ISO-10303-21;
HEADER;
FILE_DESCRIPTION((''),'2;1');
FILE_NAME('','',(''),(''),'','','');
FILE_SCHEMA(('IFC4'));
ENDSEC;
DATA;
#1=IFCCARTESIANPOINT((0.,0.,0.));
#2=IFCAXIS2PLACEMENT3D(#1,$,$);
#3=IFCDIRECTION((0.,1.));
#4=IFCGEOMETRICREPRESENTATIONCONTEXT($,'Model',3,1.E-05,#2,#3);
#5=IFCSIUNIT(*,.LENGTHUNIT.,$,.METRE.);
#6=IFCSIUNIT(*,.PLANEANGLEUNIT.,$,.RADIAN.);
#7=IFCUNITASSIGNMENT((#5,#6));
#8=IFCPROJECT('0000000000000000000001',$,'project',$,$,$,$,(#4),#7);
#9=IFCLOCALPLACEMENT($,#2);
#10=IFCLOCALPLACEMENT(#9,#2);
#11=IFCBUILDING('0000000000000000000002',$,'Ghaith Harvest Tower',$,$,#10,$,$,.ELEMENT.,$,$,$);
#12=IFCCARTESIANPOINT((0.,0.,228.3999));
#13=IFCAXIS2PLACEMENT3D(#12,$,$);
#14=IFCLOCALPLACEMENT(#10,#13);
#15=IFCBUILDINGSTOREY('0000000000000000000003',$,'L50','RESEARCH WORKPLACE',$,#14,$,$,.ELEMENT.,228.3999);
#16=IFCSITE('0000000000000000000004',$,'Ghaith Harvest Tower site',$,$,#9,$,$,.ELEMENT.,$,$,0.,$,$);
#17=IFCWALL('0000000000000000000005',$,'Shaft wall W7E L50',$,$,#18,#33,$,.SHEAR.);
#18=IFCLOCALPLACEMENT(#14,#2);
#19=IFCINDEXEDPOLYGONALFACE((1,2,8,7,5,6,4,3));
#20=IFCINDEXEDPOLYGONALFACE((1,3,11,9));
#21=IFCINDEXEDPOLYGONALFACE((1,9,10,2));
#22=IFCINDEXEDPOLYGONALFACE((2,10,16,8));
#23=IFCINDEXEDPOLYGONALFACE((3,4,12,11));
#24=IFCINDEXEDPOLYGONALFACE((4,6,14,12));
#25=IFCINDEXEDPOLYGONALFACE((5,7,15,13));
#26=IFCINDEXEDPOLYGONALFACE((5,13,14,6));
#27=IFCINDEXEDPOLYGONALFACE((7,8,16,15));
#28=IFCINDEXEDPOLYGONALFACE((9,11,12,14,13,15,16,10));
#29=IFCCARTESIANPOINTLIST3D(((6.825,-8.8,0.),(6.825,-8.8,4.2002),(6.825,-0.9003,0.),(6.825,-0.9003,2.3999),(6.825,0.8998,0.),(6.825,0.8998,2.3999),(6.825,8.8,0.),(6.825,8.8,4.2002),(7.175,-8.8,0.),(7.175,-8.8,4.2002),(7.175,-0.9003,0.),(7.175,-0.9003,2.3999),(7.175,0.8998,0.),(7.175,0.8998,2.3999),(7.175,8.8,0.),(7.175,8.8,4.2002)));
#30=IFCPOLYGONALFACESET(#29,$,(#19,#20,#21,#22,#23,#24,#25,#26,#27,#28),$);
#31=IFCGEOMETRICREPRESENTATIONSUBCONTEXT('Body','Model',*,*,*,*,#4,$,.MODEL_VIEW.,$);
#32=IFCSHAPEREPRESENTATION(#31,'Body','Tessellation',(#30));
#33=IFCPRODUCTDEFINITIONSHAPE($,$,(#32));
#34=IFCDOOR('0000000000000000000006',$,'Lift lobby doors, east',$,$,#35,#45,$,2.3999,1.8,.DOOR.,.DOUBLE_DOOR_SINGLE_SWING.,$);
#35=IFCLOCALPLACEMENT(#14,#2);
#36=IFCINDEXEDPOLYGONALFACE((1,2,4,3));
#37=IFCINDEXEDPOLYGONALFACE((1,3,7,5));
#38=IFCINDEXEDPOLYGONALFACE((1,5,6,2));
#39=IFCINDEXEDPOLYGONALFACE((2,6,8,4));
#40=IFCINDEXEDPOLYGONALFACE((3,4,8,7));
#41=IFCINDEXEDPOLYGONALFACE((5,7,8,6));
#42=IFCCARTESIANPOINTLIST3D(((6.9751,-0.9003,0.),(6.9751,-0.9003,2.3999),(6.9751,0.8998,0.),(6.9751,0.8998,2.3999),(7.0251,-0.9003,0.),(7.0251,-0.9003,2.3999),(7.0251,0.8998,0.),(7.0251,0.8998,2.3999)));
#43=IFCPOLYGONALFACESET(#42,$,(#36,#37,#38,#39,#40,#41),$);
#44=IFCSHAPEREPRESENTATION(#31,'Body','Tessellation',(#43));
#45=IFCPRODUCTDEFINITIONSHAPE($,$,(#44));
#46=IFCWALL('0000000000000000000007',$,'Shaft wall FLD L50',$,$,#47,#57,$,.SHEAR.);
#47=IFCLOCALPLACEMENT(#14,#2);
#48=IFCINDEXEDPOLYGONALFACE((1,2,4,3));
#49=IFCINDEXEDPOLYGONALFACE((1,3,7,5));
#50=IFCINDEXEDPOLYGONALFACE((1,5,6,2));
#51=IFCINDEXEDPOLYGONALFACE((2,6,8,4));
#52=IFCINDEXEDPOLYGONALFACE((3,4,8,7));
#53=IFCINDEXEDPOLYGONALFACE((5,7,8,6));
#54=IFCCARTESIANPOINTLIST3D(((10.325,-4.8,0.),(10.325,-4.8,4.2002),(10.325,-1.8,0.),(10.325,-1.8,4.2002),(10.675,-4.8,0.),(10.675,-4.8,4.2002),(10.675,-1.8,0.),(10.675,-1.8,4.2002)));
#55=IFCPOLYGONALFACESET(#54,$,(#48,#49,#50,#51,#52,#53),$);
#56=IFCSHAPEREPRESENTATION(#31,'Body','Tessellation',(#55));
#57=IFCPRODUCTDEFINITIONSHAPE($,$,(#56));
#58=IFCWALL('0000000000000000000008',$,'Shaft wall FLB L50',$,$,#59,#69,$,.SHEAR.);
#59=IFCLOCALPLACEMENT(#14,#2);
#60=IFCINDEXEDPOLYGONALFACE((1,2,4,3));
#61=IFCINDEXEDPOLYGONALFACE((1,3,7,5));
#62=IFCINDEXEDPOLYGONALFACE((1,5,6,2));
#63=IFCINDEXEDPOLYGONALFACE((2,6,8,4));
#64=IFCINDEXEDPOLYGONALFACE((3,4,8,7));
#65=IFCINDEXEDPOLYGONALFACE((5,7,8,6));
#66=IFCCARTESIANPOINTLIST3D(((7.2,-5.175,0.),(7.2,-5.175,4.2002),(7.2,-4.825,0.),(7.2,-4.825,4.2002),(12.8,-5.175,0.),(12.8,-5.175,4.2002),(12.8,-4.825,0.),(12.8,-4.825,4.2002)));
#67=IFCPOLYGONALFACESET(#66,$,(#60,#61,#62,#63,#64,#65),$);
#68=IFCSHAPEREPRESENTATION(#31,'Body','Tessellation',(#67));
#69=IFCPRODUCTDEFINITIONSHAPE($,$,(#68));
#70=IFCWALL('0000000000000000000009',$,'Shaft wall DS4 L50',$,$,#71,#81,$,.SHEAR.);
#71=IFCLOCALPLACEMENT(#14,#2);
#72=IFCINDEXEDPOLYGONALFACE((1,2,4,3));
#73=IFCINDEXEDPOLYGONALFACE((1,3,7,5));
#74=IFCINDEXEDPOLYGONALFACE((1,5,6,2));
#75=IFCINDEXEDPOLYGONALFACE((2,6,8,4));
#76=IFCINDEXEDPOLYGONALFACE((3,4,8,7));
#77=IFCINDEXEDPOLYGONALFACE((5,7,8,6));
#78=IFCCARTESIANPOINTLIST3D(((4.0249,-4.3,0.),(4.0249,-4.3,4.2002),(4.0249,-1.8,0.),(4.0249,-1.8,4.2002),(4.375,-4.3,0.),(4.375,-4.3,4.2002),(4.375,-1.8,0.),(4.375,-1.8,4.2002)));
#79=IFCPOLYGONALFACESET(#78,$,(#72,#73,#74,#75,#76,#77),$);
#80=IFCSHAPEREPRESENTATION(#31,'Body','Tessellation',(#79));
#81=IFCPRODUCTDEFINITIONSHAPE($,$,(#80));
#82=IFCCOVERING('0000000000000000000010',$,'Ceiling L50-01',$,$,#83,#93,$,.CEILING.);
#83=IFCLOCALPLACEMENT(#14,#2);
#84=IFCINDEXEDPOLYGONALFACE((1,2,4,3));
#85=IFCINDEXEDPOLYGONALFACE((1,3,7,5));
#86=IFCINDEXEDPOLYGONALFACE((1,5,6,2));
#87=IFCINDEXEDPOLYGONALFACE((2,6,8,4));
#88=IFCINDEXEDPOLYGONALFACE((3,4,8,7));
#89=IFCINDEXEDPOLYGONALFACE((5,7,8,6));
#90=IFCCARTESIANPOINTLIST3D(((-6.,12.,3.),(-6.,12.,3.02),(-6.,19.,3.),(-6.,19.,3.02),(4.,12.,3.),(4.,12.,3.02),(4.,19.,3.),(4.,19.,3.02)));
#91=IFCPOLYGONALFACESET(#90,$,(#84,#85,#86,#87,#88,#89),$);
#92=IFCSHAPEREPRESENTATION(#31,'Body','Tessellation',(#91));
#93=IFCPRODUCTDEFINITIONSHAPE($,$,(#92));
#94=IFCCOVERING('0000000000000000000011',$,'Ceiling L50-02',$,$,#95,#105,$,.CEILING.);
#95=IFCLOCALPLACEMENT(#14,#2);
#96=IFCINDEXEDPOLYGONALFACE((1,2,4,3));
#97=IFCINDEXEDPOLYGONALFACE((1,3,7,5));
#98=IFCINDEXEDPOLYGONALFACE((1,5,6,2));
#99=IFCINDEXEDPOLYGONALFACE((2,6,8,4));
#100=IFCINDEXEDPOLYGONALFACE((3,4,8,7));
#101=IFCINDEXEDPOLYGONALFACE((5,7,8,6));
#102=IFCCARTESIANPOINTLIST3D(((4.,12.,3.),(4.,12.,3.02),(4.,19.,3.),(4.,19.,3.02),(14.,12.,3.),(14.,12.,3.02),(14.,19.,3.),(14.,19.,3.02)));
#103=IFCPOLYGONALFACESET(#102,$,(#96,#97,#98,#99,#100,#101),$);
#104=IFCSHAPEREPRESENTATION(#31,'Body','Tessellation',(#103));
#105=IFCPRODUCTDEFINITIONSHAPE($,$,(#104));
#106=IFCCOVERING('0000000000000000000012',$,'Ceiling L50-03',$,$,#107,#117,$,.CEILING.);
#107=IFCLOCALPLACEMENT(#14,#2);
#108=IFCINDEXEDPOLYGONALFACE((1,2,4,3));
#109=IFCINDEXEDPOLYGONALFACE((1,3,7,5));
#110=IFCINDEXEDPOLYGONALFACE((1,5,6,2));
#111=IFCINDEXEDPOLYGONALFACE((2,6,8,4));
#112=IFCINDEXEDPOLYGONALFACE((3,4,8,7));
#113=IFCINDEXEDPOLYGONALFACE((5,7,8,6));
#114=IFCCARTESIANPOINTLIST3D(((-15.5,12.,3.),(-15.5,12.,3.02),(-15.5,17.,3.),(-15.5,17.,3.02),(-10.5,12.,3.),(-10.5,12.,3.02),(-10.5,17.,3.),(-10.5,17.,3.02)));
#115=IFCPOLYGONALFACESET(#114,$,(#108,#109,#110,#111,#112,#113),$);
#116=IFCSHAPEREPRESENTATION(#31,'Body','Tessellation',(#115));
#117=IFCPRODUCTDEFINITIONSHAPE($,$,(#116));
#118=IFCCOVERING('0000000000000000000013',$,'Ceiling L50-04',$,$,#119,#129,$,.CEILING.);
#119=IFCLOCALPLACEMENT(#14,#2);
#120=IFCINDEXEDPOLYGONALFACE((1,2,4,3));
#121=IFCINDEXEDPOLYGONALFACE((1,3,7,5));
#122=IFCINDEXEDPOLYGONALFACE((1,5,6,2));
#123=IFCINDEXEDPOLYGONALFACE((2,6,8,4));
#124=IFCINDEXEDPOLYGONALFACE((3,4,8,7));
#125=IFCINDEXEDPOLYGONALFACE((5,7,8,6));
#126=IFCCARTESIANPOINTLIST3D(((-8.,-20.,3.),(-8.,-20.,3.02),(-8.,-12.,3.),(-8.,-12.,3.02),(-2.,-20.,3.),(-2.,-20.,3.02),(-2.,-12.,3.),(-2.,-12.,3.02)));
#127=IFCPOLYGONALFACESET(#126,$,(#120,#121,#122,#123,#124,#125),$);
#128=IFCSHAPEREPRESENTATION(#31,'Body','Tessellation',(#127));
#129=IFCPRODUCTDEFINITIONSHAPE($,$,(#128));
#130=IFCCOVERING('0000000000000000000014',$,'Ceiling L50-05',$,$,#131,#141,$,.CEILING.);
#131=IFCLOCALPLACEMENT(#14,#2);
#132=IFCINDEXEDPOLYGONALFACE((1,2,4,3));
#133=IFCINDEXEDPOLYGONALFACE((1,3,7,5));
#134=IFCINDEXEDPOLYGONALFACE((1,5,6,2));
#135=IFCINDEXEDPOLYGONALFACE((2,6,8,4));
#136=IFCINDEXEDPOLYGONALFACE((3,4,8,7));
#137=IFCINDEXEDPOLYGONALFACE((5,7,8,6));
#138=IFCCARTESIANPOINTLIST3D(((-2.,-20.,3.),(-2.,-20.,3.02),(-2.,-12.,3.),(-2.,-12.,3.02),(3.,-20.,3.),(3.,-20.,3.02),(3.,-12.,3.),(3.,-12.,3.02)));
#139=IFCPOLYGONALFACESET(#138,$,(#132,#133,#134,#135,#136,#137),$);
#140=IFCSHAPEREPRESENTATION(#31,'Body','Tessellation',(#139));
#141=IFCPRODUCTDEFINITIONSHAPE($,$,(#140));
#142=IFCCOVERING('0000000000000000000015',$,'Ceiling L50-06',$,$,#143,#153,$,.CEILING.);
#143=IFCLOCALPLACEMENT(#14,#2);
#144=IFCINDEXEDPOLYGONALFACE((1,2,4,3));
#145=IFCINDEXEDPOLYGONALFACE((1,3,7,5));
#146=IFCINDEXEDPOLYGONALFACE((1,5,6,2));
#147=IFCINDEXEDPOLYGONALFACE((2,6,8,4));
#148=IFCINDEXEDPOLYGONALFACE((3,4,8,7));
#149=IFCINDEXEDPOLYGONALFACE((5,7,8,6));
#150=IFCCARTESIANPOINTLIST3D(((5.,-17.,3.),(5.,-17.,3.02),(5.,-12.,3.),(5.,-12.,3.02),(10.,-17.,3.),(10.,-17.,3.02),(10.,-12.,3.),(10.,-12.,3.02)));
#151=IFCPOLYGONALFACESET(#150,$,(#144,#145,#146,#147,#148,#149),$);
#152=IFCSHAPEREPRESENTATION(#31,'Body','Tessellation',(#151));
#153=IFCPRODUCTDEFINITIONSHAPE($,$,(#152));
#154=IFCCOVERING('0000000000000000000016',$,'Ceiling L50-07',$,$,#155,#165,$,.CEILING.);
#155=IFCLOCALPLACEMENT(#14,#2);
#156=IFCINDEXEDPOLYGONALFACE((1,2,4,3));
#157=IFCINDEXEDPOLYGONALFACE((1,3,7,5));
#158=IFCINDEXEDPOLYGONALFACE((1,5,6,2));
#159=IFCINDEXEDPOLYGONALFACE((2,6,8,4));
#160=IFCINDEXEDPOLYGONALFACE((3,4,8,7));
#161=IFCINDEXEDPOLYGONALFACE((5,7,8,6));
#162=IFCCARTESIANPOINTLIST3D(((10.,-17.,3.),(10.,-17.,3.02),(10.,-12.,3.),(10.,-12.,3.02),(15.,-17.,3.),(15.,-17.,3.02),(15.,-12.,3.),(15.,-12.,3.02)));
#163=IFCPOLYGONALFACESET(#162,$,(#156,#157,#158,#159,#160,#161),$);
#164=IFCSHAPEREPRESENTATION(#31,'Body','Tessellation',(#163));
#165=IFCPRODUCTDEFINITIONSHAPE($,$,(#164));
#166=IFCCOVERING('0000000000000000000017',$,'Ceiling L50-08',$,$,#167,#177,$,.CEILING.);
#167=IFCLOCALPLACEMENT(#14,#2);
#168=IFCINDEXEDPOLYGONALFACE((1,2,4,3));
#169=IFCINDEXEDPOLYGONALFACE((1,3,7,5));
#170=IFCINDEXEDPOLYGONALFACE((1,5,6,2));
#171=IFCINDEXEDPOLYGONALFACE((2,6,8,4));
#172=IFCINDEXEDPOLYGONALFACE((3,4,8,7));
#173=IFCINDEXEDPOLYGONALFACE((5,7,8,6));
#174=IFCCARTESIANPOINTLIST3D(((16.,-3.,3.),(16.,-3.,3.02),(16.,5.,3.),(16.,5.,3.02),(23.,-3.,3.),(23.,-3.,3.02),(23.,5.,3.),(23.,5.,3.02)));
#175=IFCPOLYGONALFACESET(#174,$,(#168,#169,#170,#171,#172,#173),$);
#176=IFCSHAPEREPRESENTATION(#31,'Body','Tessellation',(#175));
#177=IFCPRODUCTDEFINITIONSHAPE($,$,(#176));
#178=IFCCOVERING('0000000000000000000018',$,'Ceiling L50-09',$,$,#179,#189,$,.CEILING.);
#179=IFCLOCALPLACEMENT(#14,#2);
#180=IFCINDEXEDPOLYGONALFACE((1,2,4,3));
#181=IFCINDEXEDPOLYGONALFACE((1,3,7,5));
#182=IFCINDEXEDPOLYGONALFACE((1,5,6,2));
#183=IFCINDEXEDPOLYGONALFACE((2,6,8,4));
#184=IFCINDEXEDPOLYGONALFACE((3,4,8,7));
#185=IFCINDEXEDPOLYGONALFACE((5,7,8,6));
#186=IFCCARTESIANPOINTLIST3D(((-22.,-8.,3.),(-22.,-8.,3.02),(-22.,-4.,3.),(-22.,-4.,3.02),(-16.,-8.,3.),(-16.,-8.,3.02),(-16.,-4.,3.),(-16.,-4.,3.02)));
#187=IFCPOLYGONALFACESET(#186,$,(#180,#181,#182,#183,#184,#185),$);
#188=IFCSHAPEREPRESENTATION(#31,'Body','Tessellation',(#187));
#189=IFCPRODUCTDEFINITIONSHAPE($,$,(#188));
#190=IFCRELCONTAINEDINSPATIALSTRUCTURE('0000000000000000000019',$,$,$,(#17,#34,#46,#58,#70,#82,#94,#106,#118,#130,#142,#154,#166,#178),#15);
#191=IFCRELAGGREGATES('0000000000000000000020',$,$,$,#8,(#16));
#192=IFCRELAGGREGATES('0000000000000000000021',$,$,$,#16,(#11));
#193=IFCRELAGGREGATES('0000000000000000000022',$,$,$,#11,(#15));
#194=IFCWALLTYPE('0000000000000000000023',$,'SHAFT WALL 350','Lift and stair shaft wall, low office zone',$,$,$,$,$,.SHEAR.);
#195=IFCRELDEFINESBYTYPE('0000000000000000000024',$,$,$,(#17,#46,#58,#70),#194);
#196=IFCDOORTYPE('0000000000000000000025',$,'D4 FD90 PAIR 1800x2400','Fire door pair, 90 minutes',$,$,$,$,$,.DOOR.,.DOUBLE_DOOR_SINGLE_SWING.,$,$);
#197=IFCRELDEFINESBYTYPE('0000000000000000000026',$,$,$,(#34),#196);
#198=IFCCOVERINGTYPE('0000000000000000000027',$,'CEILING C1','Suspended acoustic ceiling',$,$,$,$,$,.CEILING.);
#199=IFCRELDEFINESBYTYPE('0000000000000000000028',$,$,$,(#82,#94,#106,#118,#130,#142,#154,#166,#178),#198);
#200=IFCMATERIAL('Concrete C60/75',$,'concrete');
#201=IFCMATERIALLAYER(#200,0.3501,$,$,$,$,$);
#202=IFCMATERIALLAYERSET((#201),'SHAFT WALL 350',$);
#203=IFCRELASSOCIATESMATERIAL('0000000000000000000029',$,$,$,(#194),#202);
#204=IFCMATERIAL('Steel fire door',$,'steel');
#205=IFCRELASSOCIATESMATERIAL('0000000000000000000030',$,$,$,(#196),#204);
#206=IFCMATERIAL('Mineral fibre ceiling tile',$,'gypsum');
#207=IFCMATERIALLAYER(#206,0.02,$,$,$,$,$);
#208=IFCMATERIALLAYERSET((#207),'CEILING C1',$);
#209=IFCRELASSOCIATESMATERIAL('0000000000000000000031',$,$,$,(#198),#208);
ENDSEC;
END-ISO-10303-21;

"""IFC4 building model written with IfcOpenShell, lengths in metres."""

from ifc_helpers import new_model, si_unit, direction, frame, frame_2d, origin, place, context, subcontext, project, spatial, polyline, rectangle, outline, extrude, material, layer, layer_set, type_object, element, fill, save


model = new_model("IFC4")

# Units and contexts
model_context = context("Model", 3, precision=1e-05, world=origin(), true_north=direction((0.0, 1.0)))
body_context = subcontext(model_context, "Body", "Model", "MODEL_VIEW")
ifc_project = project(units=[si_unit("LENGTHUNIT", "METRE"), si_unit("PLANEANGLEUNIT", "RADIAN")], contexts=[model_context])

# Site, building, storey
site_placement = place(None, origin())
site = spatial("IfcSite", under=ifc_project, at=site_placement, Name="Ghaith Harvest Tower site", CompositionType="ELEMENT", RefElevation=0.0)
building_placement = place(site_placement, origin())
building = spatial("IfcBuilding", under=site, at=building_placement, Name="Ghaith Harvest Tower", CompositionType="ELEMENT")
storey_placement = place(building_placement, frame((0.0, 0.0, 228.3999)))
storey = spatial("IfcBuildingStorey", under=building, at=storey_placement, Name="L50", Description="RESEARCH WORKPLACE", CompositionType="ELEMENT", Elevation=228.3999)

# Wall, opening, door
ifc_material_1 = material(Name="Concrete C60/75", Category="concrete")
ifc_layer_1 = layer(ifc_material_1, 0.3501)
ifc_layer_set_1 = layer_set([ifc_layer_1], Name="SHAFT WALL 350")
wall_type_1 = type_object("IfcWallType", Name="SHAFT WALL 350", Description="Lift and stair shaft wall, low office zone", PredefinedType="SHEAR", material=ifc_layer_set_1)
wall_1_placement = place(storey_placement, frame((7.0, -8.8, 0.0), z_axis=(0.0, 0.0, 1.0), x_axis=(0.0, 1.0, 0.0)))
wall_1 = element("IfcWall", 1, at=wall_1_placement, inside=storey, type_object=wall_type_1, Name="Shaft wall W7E L50", PredefinedType="SHEAR", context=body_context, shape_type="SweptSolid", body=[
    extrude(rectangle(XDim=17.6001, YDim=0.3501, at=frame_2d((8.8, 0.0))), origin(), (0.0, 0.0, 1.0), 4.2002),
])
opening_1_placement = place(wall_1_placement, frame((7.8999, 0.0, 0.0)))
opening_1 = element("IfcOpeningElement", 2, at=opening_1_placement, cuts=wall_1, PredefinedType="OPENING", context=body_context, shape_type="SweptSolid", body=[
    extrude(rectangle(XDim=1.8, YDim=2.3999, at=frame_2d((0.8999, 1.2))), frame((0.0, 0.1851, 0.0), z_axis=(0.0, -1.0, 0.0), x_axis=(1.0, 0.0, 0.0)), (0.0, 0.0, 1.0), 0.3701),
])
ifc_material_2 = material(Name="Steel fire door", Category="steel")
door_type_1 = type_object("IfcDoorType", Name="D4 FD90 PAIR 1800x2400", Description="Fire door pair, 90 minutes", OperationType="DOUBLE_DOOR_SINGLE_SWING", PredefinedType="DOOR", material=ifc_material_2)
door_1_placement = place(opening_1_placement, origin())
door_1 = element("IfcDoor", 3, at=door_1_placement, inside=storey, type_object=door_type_1, Name="Lift lobby doors, east", OperationType="DOUBLE_DOOR_SINGLE_SWING", OverallHeight=2.3999, OverallWidth=1.8, PredefinedType="DOOR", context=body_context, shape_type="SweptSolid", body=[
    extrude(rectangle(XDim=1.8, YDim=2.3999, at=frame_2d((0.8999, 1.2))), frame((0.0, 0.0249, 0.0), z_axis=(0.0, -1.0, 0.0), x_axis=(1.0, 0.0, 0.0)), (0.0, 0.0, 1.0), 0.05),
])
fill(opening_1, door_1)

# Walls
wall_2_placement = place(storey_placement, frame((10.5, -4.8, 0.0), z_axis=(0.0, 0.0, 1.0), x_axis=(0.0, 1.0, 0.0)))
element("IfcWall", 4, at=wall_2_placement, inside=storey, type_object=wall_type_1, Name="Shaft wall FLD L50", PredefinedType="SHEAR", context=body_context, shape_type="SweptSolid", body=[
    extrude(rectangle(XDim=3.0, YDim=0.3501, at=frame_2d((1.5, 0.0))), origin(), (0.0, 0.0, 1.0), 4.2002),
])
wall_3_placement = place(storey_placement, frame((7.2, -5.0, 0.0), z_axis=(0.0, 0.0, 1.0), x_axis=(1.0, 0.0, 0.0)))
element("IfcWall", 5, at=wall_3_placement, inside=storey, type_object=wall_type_1, Name="Shaft wall FLB L50", PredefinedType="SHEAR", context=body_context, shape_type="SweptSolid", body=[
    extrude(rectangle(XDim=5.6001, YDim=0.3501, at=frame_2d((2.8, 0.0))), origin(), (0.0, 0.0, 1.0), 4.2002),
])
wall_4_placement = place(storey_placement, frame((4.2, -4.3, 0.0), z_axis=(0.0, 0.0, 1.0), x_axis=(0.0, 1.0, 0.0)))
element("IfcWall", 6, at=wall_4_placement, inside=storey, type_object=wall_type_1, Name="Shaft wall DS4 L50", PredefinedType="SHEAR", context=body_context, shape_type="SweptSolid", body=[
    extrude(rectangle(XDim=2.5, YDim=0.3501, at=frame_2d((1.25, 0.0))), origin(), (0.0, 0.0, 1.0), 4.2002),
])

# Coverings
ifc_material_3 = material(Name="Mineral fibre ceiling tile", Category="gypsum")
ifc_layer_2 = layer(ifc_material_3, 0.02)
ifc_layer_set_2 = layer_set([ifc_layer_2], Name="CEILING C1")
covering_type = type_object("IfcCoveringType", Name="CEILING C1", Description="Suspended acoustic ceiling", PredefinedType="CEILING", material=ifc_layer_set_2)
covering_1_placement = place(storey_placement, frame((0.0, 0.0, 3.0)))
element("IfcCovering", 7, at=covering_1_placement, inside=storey, type_object=covering_type, Name="Ceiling L50-01", PredefinedType="CEILING", context=body_context, shape_type="SweptSolid", body=[
    extrude(outline(polyline([(-6.0, 12.0), (4.0, 12.0), (4.0, 19.0), (-6.0, 19.0), (-6.0, 12.0)])), origin(), (0.0, 0.0, 1.0), 0.02),
])
covering_2_placement = place(storey_placement, frame((0.0, 0.0, 3.0)))
element("IfcCovering", 8, at=covering_2_placement, inside=storey, type_object=covering_type, Name="Ceiling L50-02", PredefinedType="CEILING", context=body_context, shape_type="SweptSolid", body=[
    extrude(outline(polyline([(4.0, 12.0), (14.0, 12.0), (14.0, 19.0), (4.0, 19.0), (4.0, 12.0)])), origin(), (0.0, 0.0, 1.0), 0.02),
])
covering_3_placement = place(storey_placement, frame((0.0, 0.0, 3.0)))
element("IfcCovering", 9, at=covering_3_placement, inside=storey, type_object=covering_type, Name="Ceiling L50-03", PredefinedType="CEILING", context=body_context, shape_type="SweptSolid", body=[
    extrude(outline(polyline([(-15.5, 12.0), (-10.5, 12.0), (-10.5, 17.0), (-15.5, 17.0), (-15.5, 12.0)])), origin(), (0.0, 0.0, 1.0), 0.02),
])
covering_4_placement = place(storey_placement, frame((0.0, 0.0, 3.0)))
element("IfcCovering", 10, at=covering_4_placement, inside=storey, type_object=covering_type, Name="Ceiling L50-04", PredefinedType="CEILING", context=body_context, shape_type="SweptSolid", body=[
    extrude(outline(polyline([(-8.0, -20.0), (-2.0, -20.0), (-2.0, -12.0), (-8.0, -12.0), (-8.0, -20.0)])), origin(), (0.0, 0.0, 1.0), 0.02),
])
covering_5_placement = place(storey_placement, frame((0.0, 0.0, 3.0)))
element("IfcCovering", 11, at=covering_5_placement, inside=storey, type_object=covering_type, Name="Ceiling L50-05", PredefinedType="CEILING", context=body_context, shape_type="SweptSolid", body=[
    extrude(outline(polyline([(-2.0, -20.0), (3.0, -20.0), (3.0, -12.0), (-2.0, -12.0), (-2.0, -20.0)])), origin(), (0.0, 0.0, 1.0), 0.02),
])
covering_6_placement = place(storey_placement, frame((0.0, 0.0, 3.0)))
element("IfcCovering", 12, at=covering_6_placement, inside=storey, type_object=covering_type, Name="Ceiling L50-06", PredefinedType="CEILING", context=body_context, shape_type="SweptSolid", body=[
    extrude(outline(polyline([(5.0, -17.0), (10.0, -17.0), (10.0, -12.0), (5.0, -12.0), (5.0, -17.0)])), origin(), (0.0, 0.0, 1.0), 0.02),
])
covering_7_placement = place(storey_placement, frame((0.0, 0.0, 3.0)))
element("IfcCovering", 13, at=covering_7_placement, inside=storey, type_object=covering_type, Name="Ceiling L50-07", PredefinedType="CEILING", context=body_context, shape_type="SweptSolid", body=[
    extrude(outline(polyline([(10.0, -17.0), (15.0, -17.0), (15.0, -12.0), (10.0, -12.0), (10.0, -17.0)])), origin(), (0.0, 0.0, 1.0), 0.02),
])
covering_8_placement = place(storey_placement, frame((0.0, 0.0, 3.0)))
element("IfcCovering", 14, at=covering_8_placement, inside=storey, type_object=covering_type, Name="Ceiling L50-08", PredefinedType="CEILING", context=body_context, shape_type="SweptSolid", body=[
    extrude(outline(polyline([(16.0, -3.0), (23.0, -3.0), (23.0, 5.0), (16.0, 5.0), (16.0, -3.0)])), origin(), (0.0, 0.0, 1.0), 0.02),
])
covering_9_placement = place(storey_placement, frame((0.0, 0.0, 3.0)))
element("IfcCovering", 15, at=covering_9_placement, inside=storey, type_object=covering_type, Name="Ceiling L50-09", PredefinedType="CEILING", context=body_context, shape_type="SweptSolid", body=[
    extrude(outline(polyline([(-22.0, -8.0), (-16.0, -8.0), (-16.0, -4.0), (-22.0, -4.0), (-22.0, -8.0)])), origin(), (0.0, 0.0, 1.0), 0.02),
])

save(model, "model.ifc")
